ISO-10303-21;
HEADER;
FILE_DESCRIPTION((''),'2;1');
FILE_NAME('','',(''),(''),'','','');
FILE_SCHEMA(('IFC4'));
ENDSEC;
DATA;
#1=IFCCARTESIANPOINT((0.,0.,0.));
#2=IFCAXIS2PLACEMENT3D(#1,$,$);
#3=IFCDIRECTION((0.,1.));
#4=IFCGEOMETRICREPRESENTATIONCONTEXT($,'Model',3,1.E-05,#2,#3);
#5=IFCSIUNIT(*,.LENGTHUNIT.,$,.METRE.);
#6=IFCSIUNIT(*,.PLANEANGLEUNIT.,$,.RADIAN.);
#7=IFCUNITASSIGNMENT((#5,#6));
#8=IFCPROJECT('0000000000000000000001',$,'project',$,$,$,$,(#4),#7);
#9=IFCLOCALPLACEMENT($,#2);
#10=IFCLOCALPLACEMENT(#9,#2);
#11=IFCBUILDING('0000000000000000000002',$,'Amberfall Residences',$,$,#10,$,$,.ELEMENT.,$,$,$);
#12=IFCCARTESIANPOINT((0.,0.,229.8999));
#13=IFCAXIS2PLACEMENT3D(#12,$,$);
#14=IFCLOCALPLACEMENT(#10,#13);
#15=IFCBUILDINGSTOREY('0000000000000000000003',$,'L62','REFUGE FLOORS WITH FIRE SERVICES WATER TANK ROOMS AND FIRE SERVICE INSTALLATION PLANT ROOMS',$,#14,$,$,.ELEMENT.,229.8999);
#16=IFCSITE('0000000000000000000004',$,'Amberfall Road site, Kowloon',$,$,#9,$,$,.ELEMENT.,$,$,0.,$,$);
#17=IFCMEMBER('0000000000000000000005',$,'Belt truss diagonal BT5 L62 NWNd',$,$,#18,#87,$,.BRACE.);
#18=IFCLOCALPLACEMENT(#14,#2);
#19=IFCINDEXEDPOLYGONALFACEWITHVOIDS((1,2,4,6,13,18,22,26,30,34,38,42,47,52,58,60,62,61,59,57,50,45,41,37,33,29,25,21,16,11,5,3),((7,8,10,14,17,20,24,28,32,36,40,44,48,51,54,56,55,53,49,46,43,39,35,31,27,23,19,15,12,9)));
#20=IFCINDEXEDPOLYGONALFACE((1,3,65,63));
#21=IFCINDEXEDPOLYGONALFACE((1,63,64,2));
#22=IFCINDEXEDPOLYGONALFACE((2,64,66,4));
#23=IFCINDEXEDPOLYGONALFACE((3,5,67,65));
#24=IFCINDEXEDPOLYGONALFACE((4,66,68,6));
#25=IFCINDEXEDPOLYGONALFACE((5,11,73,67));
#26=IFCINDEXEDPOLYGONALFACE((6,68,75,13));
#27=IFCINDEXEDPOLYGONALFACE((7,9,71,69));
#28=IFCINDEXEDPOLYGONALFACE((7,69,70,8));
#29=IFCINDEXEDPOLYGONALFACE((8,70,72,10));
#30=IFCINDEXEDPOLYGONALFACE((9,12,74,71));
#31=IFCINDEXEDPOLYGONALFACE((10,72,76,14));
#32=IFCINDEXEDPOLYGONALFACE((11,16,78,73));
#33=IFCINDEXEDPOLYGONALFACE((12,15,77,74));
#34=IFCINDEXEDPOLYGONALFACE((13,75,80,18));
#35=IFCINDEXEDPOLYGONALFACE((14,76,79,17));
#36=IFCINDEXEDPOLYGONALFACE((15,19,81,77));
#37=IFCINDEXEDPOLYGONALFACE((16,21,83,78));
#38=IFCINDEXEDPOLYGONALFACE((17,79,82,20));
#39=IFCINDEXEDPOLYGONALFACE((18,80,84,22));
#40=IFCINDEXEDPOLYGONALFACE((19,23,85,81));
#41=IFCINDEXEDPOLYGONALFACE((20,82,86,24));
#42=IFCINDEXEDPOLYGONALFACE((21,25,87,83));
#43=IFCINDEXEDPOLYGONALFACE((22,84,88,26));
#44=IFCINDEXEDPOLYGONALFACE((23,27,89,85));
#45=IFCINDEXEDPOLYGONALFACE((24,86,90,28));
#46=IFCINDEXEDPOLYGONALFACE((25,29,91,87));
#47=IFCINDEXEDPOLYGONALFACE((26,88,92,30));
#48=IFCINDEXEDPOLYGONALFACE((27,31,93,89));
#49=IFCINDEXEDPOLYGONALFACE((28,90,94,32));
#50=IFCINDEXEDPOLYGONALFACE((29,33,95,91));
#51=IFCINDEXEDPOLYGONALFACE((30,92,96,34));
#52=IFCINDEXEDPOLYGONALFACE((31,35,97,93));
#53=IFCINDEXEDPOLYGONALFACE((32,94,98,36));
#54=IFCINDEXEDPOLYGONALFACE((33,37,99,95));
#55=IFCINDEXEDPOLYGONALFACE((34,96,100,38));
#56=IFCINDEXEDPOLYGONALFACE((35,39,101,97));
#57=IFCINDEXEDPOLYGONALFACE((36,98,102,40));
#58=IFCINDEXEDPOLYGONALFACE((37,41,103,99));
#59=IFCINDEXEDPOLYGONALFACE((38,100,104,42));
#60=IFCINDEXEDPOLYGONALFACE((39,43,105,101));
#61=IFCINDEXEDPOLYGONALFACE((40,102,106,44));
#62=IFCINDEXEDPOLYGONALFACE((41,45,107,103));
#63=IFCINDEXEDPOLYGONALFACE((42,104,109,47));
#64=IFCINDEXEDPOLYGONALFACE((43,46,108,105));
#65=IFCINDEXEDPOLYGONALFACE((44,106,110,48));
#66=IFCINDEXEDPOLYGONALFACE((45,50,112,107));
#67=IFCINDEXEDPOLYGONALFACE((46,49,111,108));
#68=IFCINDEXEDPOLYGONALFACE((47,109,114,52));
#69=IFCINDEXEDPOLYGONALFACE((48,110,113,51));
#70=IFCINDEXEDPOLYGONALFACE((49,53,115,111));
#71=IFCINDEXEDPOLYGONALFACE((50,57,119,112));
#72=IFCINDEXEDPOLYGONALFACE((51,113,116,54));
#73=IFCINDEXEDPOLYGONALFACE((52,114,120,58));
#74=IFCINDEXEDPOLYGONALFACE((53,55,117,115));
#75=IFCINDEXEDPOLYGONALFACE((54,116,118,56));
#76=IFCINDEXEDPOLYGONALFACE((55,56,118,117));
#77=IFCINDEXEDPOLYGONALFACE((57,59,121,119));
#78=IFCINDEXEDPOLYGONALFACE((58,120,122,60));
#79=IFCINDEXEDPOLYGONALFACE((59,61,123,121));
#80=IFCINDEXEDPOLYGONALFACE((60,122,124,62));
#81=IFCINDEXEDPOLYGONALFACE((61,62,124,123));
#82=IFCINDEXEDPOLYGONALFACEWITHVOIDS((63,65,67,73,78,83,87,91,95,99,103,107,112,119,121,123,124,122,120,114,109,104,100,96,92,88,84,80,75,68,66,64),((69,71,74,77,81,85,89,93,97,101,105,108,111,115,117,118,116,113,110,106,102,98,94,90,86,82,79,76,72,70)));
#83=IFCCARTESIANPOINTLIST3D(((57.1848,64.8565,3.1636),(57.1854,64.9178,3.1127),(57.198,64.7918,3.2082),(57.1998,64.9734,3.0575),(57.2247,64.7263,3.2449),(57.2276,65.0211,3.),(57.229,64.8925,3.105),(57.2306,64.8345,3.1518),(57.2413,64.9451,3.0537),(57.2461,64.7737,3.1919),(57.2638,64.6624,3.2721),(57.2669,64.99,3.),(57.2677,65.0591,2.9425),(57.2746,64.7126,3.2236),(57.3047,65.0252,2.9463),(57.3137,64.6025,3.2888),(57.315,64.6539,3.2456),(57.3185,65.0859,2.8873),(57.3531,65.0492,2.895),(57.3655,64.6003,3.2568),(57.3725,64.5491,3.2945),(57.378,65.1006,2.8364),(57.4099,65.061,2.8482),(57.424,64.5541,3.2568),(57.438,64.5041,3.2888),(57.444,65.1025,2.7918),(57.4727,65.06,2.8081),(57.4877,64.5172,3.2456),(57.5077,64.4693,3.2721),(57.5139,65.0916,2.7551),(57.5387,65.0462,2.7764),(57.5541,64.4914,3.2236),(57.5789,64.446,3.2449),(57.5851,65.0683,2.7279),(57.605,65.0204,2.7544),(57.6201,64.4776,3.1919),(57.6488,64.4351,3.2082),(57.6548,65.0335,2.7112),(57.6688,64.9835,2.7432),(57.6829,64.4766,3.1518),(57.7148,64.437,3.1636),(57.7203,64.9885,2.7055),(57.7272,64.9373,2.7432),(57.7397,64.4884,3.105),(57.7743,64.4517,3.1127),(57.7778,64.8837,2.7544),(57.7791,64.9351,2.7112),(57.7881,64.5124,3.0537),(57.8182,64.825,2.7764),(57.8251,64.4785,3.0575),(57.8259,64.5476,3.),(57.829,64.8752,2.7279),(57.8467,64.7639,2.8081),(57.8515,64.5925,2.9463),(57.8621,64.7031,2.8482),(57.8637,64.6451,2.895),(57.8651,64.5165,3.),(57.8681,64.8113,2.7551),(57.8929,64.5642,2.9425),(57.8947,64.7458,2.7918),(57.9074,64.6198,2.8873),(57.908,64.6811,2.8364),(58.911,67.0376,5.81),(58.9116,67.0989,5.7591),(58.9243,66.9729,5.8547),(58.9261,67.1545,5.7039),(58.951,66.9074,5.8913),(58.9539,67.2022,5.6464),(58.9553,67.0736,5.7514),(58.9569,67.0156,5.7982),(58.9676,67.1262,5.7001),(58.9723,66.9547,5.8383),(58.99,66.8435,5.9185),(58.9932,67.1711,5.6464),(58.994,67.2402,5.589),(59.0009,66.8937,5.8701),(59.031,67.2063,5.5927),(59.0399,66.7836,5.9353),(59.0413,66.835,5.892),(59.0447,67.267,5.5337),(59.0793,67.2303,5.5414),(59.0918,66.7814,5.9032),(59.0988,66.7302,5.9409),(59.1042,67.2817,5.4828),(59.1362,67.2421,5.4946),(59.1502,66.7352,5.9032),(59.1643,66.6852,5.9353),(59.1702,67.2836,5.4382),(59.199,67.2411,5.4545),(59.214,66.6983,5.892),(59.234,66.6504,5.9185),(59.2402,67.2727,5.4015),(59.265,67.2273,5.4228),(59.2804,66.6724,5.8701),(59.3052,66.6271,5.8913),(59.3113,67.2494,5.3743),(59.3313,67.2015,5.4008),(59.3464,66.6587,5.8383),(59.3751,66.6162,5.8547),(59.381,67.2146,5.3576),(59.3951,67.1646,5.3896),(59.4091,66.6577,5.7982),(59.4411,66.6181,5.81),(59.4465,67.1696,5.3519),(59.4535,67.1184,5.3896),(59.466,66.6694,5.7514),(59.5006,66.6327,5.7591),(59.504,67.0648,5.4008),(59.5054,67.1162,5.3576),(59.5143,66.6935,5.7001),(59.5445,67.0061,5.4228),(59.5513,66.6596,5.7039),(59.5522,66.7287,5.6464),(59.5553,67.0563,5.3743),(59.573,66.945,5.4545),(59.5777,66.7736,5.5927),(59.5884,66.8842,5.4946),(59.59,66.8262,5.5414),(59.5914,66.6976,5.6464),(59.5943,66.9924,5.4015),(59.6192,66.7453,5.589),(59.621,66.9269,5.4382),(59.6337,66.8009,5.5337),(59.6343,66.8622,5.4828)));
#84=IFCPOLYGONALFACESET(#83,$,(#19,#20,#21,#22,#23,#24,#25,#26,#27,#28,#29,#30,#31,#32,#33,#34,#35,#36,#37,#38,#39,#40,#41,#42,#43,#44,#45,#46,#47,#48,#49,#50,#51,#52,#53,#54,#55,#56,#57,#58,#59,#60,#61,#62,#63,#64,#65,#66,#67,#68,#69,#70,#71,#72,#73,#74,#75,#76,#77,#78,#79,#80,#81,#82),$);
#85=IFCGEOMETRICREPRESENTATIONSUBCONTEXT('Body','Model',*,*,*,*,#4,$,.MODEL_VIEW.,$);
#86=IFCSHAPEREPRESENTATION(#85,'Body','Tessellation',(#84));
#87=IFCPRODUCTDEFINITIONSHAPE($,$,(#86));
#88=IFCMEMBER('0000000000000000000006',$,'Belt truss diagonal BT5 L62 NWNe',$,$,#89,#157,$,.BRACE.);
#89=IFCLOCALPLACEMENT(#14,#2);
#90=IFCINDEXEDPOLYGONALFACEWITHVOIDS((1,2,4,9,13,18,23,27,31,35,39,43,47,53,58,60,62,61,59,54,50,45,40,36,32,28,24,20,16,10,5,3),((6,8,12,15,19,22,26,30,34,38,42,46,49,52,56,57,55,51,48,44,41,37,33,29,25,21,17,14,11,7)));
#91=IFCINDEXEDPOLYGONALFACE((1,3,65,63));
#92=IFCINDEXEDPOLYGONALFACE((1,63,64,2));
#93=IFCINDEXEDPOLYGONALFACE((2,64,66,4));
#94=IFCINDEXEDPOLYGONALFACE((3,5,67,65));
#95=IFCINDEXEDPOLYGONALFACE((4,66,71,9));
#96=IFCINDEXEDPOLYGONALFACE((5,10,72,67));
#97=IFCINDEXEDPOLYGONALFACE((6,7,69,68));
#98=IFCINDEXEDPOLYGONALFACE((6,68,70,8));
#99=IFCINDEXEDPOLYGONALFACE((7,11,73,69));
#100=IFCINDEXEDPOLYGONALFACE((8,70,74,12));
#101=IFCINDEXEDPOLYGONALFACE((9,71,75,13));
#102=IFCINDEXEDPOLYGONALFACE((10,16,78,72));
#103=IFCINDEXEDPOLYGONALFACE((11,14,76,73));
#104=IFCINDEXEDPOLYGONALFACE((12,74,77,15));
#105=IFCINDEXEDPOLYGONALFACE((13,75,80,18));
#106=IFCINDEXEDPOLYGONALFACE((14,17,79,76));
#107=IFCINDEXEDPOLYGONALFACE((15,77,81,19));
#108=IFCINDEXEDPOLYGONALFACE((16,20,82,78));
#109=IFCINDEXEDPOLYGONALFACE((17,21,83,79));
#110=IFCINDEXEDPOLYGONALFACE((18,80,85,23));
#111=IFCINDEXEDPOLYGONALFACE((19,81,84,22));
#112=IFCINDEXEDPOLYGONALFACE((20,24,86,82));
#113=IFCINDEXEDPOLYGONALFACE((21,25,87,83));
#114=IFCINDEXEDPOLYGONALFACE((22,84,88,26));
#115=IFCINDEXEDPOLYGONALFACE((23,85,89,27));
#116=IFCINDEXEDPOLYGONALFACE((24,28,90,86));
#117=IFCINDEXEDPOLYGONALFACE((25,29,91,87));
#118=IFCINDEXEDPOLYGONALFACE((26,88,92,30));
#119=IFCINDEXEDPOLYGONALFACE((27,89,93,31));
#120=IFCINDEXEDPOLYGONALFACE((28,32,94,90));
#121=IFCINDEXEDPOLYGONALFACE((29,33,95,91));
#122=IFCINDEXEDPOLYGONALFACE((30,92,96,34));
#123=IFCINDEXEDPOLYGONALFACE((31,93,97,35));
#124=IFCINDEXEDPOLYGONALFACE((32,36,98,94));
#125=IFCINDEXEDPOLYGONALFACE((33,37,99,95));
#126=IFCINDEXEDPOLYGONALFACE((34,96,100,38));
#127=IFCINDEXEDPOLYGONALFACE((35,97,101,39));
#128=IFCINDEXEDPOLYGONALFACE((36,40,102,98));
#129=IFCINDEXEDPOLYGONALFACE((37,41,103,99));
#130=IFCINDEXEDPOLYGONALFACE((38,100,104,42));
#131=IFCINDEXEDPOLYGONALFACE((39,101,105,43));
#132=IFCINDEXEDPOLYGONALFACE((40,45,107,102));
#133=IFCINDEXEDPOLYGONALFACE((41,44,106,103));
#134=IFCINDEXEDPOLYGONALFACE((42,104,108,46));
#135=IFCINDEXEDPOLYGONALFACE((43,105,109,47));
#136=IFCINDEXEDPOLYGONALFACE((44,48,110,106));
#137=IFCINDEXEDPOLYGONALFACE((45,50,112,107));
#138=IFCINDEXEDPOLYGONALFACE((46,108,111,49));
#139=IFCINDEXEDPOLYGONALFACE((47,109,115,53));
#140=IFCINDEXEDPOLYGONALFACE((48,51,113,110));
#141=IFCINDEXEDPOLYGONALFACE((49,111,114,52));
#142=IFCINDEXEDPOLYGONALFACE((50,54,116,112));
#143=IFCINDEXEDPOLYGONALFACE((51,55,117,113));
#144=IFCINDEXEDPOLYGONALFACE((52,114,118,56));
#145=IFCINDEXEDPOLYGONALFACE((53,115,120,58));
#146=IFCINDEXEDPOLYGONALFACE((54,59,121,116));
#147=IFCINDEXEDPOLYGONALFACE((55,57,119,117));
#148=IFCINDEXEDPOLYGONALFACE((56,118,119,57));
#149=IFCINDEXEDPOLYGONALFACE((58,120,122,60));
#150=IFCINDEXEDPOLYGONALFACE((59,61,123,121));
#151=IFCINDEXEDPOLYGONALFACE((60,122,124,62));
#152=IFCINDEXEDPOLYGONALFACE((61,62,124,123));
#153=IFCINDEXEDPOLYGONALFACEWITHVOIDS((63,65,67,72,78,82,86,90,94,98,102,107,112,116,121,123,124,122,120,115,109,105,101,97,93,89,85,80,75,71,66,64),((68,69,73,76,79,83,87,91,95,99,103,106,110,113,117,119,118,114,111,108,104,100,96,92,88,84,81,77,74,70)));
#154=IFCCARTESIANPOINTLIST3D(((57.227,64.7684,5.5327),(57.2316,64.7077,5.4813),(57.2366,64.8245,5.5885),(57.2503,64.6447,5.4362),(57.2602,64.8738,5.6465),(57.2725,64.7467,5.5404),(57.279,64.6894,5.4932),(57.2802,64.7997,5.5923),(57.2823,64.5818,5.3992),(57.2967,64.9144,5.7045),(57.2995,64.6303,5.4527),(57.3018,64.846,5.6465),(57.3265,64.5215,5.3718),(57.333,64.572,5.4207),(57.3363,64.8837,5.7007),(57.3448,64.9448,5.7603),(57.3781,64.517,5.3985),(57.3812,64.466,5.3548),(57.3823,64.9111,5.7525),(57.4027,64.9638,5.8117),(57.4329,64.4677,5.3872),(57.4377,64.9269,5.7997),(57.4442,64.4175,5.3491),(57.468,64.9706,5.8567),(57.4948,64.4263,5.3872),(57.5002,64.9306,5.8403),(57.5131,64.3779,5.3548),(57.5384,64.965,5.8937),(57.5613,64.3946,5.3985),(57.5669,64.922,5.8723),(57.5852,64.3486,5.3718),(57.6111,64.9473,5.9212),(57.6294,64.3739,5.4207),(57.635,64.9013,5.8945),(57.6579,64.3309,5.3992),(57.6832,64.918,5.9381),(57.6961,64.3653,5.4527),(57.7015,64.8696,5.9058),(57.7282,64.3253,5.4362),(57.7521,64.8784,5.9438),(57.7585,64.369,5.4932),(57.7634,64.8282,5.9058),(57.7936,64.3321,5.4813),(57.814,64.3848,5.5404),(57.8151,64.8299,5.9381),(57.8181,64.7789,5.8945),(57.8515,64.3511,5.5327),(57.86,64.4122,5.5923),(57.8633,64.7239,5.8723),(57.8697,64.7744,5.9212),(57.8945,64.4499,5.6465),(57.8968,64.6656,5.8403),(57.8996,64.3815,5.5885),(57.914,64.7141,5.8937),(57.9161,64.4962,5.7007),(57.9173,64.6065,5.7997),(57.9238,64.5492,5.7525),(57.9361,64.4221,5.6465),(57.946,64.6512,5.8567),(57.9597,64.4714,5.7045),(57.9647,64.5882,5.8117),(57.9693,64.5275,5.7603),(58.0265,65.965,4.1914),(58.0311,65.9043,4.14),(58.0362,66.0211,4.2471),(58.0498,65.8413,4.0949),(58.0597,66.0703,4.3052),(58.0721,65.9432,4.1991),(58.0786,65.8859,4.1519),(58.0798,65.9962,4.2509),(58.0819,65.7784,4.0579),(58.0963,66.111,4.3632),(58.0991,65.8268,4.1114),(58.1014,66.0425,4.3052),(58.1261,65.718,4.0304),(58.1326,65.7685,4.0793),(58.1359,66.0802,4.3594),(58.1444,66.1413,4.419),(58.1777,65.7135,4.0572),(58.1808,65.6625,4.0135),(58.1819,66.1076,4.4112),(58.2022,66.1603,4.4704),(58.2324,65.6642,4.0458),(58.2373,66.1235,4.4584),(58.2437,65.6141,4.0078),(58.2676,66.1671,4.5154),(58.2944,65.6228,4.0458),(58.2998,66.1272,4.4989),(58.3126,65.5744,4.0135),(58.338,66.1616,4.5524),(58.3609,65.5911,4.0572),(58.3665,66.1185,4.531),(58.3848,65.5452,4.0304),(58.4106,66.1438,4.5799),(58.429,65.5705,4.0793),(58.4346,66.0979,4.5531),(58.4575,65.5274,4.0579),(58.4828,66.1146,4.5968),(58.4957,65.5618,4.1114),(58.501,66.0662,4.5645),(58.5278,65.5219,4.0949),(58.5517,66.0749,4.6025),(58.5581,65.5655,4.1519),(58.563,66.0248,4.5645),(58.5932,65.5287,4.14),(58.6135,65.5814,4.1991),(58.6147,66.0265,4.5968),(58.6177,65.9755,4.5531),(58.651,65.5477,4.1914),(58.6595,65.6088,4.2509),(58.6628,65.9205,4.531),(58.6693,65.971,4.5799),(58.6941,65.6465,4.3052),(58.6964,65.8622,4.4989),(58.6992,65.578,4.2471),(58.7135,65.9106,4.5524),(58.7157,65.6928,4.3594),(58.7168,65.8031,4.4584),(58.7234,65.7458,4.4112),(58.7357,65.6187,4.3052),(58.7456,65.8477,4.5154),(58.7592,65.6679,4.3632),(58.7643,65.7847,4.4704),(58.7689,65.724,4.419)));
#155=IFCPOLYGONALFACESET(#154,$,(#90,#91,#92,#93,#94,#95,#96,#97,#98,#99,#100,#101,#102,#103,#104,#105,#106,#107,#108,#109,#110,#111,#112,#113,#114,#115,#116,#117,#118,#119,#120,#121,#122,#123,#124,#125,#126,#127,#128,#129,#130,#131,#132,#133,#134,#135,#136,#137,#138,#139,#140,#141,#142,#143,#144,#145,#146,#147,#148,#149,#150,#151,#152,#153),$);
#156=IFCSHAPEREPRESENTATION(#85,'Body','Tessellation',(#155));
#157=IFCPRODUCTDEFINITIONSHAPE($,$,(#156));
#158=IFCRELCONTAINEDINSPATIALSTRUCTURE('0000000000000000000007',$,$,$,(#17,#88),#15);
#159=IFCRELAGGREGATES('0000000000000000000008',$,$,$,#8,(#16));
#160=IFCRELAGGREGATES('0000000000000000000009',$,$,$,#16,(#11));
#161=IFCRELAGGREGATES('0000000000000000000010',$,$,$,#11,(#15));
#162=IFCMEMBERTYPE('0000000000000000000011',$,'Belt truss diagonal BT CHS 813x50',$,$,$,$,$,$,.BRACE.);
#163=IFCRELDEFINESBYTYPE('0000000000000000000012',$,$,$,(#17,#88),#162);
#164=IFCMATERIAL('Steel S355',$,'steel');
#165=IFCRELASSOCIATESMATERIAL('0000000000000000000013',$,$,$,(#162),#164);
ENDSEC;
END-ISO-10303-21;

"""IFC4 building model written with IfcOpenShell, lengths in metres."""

from ifc_helpers import new_model, si_unit, direction, frame, origin, origin_2d, place, context, subcontext, project, spatial, hollow_circle, extrude, material, material_profile, profile_set, type_object, element, save


model = new_model("IFC4")

# Units and contexts
model_context = context("Model", 3, precision=1e-05, world=origin(), true_north=direction((0.0, 1.0)))
body_context = subcontext(model_context, "Body", "Model", "MODEL_VIEW")
ifc_project = project(units=[si_unit("LENGTHUNIT", "METRE"), si_unit("PLANEANGLEUNIT", "RADIAN")], contexts=[model_context])

# Site, building, storey
site_placement = place(None, origin())
site = spatial("IfcSite", under=ifc_project, at=site_placement, Name="Amberfall Road site, Kowloon", CompositionType="ELEMENT", RefElevation=0.0)
building_placement = place(site_placement, origin())
building = spatial("IfcBuilding", under=site, at=building_placement, Name="Amberfall Residences", CompositionType="ELEMENT")
storey_placement = place(building_placement, frame((0.0, 0.0, 229.8999)))
storey = spatial("IfcBuildingStorey", under=building, at=storey_placement, Name="L62", Description="REFUGE FLOORS WITH FIRE SERVICES WATER TANK ROOMS AND FIRE SERVICE INSTALLATION PLANT ROOMS", CompositionType="ELEMENT", Elevation=229.8999)

# Shared definitions
ifc_material_1 = material(Name="Steel S355", Category="steel")

# Members
ifc_material_profile_1 = material_profile(ifc_material_1, hollow_circle(Radius=0.4065, WallThickness=0.05, at=origin_2d()), Name="CHS 813x50")
ifc_profile_set_1 = profile_set([ifc_material_profile_1], Name="Steel S355")
member_type = type_object("IfcMemberType", Name="Belt truss diagonal BT CHS 813x50", PredefinedType="BRACE", material=ifc_profile_set_1)
member_1_placement = place(storey_placement, frame((57.5464, 64.7688, 3.0), z_axis=(0.449625, 0.568088, 0.689285), x_axis=(-0.784121, 0.620609, 0.0)))
element("IfcMember", 1, at=member_1_placement, inside=storey, type_object=member_type, Name="Belt truss diagonal BT5 L62 NWNd", PredefinedType="BRACE", context=body_context, shape_type="SweptSolid", body=[
    extrude(hollow_circle(Radius=0.4065, WallThickness=0.05, at=origin_2d()), origin(), (0.0, 0.0, 1.0), 3.8394),
])
member_2_placement = place(storey_placement, frame((57.5981, 64.6479, 5.6465), z_axis=(0.406434, 0.608224, -0.681817), x_axis=(-0.83145, 0.5556, 0.0)))
element("IfcMember", 2, at=member_2_placement, inside=storey, type_object=member_type, Name="Belt truss diagonal BT5 L62 NWNe", PredefinedType="BRACE", context=body_context, shape_type="SweptSolid", body=[
    extrude(hollow_circle(Radius=0.4065, WallThickness=0.05, at=origin_2d()), origin(), (0.0, 0.0, 1.0), 1.9673),
])

save(model, "model.ifc")
